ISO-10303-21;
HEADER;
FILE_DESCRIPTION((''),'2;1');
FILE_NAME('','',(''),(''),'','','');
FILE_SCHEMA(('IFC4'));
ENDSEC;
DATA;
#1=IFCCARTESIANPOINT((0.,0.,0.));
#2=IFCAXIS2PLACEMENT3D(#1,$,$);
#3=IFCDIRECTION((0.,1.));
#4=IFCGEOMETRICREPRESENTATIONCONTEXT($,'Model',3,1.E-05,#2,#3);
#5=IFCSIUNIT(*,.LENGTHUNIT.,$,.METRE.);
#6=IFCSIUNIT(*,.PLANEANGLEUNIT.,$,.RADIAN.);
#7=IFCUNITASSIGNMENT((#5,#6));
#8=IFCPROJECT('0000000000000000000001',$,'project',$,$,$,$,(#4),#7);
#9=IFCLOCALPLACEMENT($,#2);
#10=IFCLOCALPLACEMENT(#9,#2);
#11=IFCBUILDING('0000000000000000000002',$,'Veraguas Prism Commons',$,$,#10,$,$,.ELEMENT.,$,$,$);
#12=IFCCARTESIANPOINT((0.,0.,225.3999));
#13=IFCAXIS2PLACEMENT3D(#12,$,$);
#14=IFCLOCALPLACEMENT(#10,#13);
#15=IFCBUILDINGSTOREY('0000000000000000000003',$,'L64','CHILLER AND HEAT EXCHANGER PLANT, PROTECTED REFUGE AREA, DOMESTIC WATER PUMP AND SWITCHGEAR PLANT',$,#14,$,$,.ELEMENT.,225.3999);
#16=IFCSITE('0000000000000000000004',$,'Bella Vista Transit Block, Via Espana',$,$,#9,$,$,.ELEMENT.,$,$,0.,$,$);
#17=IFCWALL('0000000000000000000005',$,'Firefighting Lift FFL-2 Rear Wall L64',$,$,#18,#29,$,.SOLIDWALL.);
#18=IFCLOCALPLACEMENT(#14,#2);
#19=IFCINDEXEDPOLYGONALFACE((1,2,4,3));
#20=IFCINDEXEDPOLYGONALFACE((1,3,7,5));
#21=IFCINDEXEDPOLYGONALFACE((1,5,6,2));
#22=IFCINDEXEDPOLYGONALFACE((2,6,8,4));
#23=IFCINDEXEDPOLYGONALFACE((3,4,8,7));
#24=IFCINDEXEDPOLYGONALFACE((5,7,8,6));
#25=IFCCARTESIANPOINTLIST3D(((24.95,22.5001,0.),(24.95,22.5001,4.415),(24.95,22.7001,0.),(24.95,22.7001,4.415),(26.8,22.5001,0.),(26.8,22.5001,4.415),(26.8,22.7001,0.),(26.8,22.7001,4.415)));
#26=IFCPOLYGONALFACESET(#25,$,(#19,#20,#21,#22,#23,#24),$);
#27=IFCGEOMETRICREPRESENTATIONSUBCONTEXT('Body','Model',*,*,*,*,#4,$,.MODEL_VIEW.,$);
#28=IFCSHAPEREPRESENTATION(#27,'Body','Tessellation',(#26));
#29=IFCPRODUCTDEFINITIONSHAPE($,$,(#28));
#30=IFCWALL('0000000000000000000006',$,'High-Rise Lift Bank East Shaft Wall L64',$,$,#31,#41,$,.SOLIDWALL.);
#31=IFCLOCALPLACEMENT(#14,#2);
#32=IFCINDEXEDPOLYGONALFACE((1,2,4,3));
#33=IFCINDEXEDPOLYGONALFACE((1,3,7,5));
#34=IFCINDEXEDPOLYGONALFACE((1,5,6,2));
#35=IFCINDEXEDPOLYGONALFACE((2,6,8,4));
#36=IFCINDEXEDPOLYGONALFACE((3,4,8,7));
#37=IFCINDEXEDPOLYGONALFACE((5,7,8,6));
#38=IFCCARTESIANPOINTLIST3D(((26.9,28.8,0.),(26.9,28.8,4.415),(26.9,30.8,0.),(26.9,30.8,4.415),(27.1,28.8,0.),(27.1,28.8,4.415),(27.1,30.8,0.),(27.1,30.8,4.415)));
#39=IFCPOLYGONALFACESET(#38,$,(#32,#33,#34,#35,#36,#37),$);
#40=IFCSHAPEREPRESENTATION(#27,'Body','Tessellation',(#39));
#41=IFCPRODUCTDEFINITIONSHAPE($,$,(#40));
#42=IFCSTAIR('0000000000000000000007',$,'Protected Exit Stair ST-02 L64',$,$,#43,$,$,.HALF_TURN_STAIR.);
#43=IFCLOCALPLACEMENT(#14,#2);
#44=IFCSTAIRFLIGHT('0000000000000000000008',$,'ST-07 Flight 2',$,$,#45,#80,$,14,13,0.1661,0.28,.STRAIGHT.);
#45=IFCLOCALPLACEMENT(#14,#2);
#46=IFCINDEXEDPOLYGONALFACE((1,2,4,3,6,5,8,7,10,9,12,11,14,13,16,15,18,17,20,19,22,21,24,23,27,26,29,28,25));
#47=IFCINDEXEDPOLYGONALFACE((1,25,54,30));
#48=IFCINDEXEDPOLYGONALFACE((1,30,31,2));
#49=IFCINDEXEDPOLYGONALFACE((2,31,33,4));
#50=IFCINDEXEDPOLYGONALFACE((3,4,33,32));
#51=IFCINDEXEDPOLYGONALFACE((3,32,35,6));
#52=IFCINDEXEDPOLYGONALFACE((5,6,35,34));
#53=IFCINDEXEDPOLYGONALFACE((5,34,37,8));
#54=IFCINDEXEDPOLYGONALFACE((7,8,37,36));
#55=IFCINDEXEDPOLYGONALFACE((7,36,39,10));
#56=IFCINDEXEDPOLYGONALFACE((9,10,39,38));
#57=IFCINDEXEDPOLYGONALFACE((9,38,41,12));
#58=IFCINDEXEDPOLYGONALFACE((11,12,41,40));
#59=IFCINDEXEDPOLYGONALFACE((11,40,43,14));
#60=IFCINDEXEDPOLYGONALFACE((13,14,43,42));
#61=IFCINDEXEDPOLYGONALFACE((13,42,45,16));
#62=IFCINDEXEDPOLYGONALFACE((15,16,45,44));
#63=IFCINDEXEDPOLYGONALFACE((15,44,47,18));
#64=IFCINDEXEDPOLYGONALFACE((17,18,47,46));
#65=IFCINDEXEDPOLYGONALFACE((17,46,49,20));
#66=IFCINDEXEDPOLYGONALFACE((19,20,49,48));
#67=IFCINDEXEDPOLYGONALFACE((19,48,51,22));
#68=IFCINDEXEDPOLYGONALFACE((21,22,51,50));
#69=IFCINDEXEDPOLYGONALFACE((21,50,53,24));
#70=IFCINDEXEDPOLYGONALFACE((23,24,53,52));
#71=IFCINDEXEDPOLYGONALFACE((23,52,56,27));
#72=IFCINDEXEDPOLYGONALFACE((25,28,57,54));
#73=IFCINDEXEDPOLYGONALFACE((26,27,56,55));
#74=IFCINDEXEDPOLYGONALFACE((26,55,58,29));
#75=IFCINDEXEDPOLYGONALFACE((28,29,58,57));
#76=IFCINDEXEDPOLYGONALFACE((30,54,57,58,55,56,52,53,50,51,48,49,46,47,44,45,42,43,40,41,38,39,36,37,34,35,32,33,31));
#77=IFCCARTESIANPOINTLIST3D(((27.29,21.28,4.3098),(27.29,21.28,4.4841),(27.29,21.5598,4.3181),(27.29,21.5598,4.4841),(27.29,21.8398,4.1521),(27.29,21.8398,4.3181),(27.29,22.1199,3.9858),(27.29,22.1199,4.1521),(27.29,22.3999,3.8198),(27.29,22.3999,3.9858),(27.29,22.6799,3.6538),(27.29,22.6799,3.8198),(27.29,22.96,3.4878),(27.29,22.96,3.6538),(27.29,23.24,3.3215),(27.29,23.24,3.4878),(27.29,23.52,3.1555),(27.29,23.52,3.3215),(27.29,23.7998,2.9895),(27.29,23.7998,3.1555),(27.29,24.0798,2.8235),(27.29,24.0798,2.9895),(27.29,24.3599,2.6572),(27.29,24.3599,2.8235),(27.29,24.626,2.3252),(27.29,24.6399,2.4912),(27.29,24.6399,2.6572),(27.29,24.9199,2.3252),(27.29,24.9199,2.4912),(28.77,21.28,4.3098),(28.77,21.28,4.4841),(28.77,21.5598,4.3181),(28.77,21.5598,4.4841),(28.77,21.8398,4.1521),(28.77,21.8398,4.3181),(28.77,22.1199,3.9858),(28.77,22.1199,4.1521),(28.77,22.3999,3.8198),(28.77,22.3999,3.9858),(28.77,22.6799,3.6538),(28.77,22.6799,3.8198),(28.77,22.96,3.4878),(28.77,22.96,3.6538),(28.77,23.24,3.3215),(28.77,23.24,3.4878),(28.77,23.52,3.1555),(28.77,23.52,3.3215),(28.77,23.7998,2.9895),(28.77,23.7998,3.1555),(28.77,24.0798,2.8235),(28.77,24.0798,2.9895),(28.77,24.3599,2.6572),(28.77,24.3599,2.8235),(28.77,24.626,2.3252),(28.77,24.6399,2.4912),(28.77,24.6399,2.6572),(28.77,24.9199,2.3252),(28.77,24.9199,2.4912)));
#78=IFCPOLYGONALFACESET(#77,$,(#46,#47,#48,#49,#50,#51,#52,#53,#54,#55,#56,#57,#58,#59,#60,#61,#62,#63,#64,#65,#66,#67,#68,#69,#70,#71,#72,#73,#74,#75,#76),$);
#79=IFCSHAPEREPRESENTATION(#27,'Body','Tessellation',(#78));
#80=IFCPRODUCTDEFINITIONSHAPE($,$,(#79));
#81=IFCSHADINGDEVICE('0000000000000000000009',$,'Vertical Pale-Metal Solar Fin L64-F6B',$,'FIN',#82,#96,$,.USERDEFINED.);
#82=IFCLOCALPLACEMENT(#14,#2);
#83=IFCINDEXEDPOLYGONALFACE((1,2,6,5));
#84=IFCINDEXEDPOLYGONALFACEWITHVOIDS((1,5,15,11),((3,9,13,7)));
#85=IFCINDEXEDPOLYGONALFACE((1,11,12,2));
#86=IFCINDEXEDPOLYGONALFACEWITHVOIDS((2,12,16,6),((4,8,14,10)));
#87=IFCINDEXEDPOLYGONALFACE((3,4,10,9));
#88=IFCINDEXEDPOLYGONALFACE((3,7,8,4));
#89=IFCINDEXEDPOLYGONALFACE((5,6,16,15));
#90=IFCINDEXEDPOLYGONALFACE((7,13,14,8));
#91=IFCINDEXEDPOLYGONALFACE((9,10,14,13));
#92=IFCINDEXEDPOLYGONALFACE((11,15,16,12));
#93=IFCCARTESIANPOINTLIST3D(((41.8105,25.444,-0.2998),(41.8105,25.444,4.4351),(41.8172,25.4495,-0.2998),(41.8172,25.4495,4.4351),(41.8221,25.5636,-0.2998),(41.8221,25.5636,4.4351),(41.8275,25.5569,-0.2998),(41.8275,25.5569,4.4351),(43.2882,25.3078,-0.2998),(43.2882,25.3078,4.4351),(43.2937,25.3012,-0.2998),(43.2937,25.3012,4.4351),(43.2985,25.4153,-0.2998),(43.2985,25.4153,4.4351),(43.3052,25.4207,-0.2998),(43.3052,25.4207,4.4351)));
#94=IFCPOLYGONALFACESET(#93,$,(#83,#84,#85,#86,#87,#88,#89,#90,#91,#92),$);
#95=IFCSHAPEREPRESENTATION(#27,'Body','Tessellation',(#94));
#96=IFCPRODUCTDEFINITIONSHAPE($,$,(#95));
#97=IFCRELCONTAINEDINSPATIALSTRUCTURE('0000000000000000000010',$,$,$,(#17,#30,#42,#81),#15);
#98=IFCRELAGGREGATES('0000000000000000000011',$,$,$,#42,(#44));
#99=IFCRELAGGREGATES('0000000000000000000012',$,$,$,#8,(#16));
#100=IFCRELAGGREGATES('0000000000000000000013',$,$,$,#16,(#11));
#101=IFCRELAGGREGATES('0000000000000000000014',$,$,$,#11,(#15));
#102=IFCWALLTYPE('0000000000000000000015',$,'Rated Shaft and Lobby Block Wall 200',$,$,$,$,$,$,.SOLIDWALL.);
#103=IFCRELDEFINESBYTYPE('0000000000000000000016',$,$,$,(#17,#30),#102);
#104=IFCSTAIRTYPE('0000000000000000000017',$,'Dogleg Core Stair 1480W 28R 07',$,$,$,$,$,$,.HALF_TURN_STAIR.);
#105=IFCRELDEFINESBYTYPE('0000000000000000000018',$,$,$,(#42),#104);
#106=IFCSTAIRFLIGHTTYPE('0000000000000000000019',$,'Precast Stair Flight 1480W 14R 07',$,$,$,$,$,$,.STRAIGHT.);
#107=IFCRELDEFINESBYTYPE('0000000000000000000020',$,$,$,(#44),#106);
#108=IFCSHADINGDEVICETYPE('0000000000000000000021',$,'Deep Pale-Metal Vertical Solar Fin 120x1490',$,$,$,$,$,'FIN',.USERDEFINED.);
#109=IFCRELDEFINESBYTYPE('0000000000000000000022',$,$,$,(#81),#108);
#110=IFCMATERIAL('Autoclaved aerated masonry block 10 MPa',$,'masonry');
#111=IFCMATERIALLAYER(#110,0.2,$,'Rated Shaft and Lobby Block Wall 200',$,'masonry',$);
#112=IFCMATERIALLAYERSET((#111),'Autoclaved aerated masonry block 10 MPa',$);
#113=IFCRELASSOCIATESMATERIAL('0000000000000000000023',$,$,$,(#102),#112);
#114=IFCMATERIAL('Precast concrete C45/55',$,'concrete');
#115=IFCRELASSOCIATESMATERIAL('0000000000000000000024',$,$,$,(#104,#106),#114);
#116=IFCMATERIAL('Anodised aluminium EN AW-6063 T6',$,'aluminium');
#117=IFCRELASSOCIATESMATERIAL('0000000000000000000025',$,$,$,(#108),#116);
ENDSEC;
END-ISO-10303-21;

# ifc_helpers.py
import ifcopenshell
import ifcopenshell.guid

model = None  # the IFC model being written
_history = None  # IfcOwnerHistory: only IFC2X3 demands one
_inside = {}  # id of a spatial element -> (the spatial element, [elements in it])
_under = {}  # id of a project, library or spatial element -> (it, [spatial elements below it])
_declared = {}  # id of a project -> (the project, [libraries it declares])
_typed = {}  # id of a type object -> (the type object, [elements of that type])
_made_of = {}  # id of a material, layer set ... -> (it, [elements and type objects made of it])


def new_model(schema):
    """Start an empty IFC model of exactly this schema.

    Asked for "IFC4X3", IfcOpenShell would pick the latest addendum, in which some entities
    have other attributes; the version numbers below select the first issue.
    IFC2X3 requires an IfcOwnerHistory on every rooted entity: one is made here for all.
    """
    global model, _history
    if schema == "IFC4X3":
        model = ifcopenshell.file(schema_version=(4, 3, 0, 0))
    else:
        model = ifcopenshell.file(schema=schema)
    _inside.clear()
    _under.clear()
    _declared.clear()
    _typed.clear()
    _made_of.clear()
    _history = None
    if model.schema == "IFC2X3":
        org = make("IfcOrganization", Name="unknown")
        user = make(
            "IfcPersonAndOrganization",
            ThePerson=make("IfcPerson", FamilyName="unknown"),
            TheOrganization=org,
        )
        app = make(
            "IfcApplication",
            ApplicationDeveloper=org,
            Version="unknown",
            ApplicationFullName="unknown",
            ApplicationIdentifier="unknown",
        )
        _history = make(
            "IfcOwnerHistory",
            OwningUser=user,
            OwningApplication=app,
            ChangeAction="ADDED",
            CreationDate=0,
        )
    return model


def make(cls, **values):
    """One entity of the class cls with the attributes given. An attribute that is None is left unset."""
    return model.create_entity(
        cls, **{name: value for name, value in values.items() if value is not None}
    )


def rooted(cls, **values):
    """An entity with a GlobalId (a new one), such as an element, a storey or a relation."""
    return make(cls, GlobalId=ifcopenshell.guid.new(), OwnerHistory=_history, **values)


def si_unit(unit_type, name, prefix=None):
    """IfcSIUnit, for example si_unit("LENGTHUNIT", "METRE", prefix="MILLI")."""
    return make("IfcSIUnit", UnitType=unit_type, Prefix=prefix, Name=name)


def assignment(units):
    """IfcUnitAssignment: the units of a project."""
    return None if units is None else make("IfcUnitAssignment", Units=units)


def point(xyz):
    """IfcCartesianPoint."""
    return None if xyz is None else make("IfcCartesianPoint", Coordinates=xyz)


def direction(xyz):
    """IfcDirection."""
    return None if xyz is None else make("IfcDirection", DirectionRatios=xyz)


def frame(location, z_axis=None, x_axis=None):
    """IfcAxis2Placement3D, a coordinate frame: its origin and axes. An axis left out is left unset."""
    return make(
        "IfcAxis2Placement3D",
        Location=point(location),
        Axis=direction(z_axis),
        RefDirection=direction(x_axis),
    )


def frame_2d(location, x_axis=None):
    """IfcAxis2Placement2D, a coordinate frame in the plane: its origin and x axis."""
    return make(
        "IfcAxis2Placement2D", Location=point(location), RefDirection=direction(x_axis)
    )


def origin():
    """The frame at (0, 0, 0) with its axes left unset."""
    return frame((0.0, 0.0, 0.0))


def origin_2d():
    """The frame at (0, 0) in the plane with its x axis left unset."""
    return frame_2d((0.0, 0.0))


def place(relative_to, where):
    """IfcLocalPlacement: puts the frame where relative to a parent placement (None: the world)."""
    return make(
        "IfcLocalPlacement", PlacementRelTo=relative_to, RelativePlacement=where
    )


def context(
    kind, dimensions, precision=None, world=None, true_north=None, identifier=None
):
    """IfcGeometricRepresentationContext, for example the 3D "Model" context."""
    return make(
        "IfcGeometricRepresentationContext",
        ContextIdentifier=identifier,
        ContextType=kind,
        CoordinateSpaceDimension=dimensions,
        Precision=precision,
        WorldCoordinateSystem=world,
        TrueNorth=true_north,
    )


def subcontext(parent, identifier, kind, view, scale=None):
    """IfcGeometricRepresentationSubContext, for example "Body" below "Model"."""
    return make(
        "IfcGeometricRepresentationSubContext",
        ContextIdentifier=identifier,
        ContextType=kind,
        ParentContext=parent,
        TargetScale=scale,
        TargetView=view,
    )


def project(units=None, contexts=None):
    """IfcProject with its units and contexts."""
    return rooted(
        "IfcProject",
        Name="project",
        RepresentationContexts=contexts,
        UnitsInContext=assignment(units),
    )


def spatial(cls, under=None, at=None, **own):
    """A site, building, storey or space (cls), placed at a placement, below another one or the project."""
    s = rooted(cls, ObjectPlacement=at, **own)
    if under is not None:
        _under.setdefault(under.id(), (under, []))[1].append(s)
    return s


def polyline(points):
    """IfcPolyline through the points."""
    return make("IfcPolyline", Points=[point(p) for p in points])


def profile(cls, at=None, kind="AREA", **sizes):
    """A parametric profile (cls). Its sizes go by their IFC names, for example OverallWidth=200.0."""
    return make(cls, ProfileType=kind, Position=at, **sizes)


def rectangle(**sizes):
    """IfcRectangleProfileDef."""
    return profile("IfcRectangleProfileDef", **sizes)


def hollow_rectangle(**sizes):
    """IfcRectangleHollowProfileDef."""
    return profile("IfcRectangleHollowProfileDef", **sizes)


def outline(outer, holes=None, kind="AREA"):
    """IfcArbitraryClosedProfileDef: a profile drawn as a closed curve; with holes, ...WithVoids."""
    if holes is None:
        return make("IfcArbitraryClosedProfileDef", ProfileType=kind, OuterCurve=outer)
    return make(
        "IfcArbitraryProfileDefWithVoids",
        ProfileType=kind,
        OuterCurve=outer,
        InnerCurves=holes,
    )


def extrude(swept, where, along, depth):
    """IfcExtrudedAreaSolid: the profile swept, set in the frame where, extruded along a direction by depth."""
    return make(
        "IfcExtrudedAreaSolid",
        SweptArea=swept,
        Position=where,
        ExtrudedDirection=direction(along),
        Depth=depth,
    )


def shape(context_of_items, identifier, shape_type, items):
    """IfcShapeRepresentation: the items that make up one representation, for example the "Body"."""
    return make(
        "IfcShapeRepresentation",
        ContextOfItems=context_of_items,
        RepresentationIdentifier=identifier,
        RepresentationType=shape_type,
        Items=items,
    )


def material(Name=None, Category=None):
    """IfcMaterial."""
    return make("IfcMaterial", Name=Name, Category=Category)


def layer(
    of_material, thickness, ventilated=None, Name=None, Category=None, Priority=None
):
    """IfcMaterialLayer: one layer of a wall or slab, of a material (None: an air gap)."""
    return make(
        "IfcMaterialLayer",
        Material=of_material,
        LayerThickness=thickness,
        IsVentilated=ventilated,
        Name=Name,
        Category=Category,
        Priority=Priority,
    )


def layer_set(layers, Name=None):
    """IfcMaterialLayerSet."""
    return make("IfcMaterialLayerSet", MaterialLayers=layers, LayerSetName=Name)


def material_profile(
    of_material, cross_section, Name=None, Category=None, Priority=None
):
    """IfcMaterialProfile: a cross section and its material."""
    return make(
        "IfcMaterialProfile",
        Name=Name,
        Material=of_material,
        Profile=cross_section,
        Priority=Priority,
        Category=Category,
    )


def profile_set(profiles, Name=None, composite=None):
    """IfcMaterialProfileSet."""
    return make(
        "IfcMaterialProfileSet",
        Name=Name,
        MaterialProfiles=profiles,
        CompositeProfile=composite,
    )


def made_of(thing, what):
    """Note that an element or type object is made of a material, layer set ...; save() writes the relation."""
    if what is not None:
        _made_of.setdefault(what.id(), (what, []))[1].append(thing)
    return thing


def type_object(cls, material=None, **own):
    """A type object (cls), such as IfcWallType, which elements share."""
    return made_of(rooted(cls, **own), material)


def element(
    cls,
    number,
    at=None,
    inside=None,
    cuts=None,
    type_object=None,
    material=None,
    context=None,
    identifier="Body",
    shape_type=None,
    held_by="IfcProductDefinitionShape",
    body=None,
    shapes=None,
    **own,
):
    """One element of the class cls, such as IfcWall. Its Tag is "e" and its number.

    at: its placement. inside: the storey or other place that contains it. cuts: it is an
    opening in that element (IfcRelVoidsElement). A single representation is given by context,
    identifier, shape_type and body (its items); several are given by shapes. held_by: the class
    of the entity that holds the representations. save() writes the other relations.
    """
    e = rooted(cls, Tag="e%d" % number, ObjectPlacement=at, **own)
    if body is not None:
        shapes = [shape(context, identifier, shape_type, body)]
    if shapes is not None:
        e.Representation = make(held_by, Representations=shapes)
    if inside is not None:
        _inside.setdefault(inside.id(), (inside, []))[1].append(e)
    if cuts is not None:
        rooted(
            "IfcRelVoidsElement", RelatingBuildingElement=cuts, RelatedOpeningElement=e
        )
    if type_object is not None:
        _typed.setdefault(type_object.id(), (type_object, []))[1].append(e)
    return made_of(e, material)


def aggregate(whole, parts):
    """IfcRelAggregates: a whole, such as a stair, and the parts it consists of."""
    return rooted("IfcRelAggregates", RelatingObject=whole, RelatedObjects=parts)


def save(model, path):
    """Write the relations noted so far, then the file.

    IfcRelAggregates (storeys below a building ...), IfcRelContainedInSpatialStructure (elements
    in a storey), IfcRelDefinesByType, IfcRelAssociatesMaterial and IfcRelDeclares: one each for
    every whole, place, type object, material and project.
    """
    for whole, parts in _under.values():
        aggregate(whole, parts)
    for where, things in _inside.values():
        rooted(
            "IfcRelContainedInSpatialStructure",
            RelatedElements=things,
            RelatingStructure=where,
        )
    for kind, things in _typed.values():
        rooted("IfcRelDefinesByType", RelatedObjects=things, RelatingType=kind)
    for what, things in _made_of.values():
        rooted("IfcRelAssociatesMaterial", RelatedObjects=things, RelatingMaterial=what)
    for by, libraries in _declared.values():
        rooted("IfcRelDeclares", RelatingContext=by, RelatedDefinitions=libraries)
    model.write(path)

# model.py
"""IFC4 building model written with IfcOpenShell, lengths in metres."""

from ifc_helpers import new_model, si_unit, direction, frame, frame_2d, origin, origin_2d, place, context, subcontext, project, spatial, polyline, rectangle, hollow_rectangle, outline, extrude, material, layer, layer_set, material_profile, profile_set, type_object, element, aggregate, save


model = new_model("IFC4")

# Units and contexts
model_context = context("Model", 3, precision=1e-05, world=origin(), true_north=direction((0.0, 1.0)))
body_context = subcontext(model_context, "Body", "Model", "MODEL_VIEW")
ifc_project = project(units=[si_unit("LENGTHUNIT", "METRE"), si_unit("PLANEANGLEUNIT", "RADIAN")], contexts=[model_context])

# Site, building, storey
site_placement = place(None, origin())
site = spatial("IfcSite", under=ifc_project, at=site_placement, Name="Bella Vista Transit Block, Via Espana", CompositionType="ELEMENT", RefElevation=0.0)
building_placement = place(site_placement, origin())
building = spatial("IfcBuilding", under=site, at=building_placement, Name="Veraguas Prism Commons", CompositionType="ELEMENT")
storey_placement = place(building_placement, frame((0.0, 0.0, 225.3999)))
storey = spatial("IfcBuildingStorey", under=building, at=storey_placement, Name="L64", Description="CHILLER AND HEAT EXCHANGER PLANT, PROTECTED REFUGE AREA, DOMESTIC WATER PUMP AND SWITCHGEAR PLANT", CompositionType="ELEMENT", Elevation=225.3999)

# Shared definitions
ifc_material_1 = material(Name="Anodised aluminium EN AW-6063 T6", Category="aluminium")

# Walls
ifc_material_2 = material(Name="Autoclaved aerated masonry block 10 MPa", Category="masonry")
ifc_layer_1 = layer(ifc_material_2, 0.2, Name="Rated Shaft and Lobby Block Wall 200", Category="masonry")
ifc_layer_set_1 = layer_set([ifc_layer_1], Name="Autoclaved aerated masonry block 10 MPa")
wall_type_1 = type_object("IfcWallType", Name="Rated Shaft and Lobby Block Wall 200", PredefinedType="SOLIDWALL", material=ifc_layer_set_1)
wall_1_placement = place(storey_placement, frame((24.95, 22.6001, 0.0), z_axis=(0.0, 0.0, 1.0), x_axis=(1.0, 0.0, 0.0)))
element("IfcWall", 1, at=wall_1_placement, inside=storey, type_object=wall_type_1, Name="Firefighting Lift FFL-2 Rear Wall L64", PredefinedType="SOLIDWALL", context=body_context, shape_type="SweptSolid", body=[
    extrude(rectangle(XDim=1.8501, YDim=0.2, at=frame_2d((0.925, 0.0))), origin(), (0.0, 0.0, 1.0), 4.415),
])
wall_2_placement = place(storey_placement, frame((27.0, 28.8, 0.0), z_axis=(0.0, 0.0, 1.0), x_axis=(0.0, 1.0, 0.0)))
element("IfcWall", 2, at=wall_2_placement, inside=storey, type_object=wall_type_1, Name="High-Rise Lift Bank East Shaft Wall L64", PredefinedType="SOLIDWALL", context=body_context, shape_type="SweptSolid", body=[
    extrude(rectangle(XDim=2.0, YDim=0.2, at=frame_2d((1.0, 0.0))), origin(), (0.0, 0.0, 1.0), 4.415),
])

# Stair, stair flight
ifc_material_3 = material(Name="Precast concrete C45/55", Category="concrete")
stair_type = type_object("IfcStairType", Name="Dogleg Core Stair 1480W 28R 07", PredefinedType="HALF_TURN_STAIR", material=ifc_material_3)
stair_placement = place(storey_placement, origin())
stair = element("IfcStair", 3, at=stair_placement, inside=storey, type_object=stair_type, Name="Protected Exit Stair ST-02 L64", PredefinedType="HALF_TURN_STAIR")
stair_flight_type = type_object("IfcStairFlightType", Name="Precast Stair Flight 1480W 14R 07", PredefinedType="STRAIGHT", material=ifc_material_3)
stair_flight_placement = place(storey_placement, frame((28.03, 24.9199, 2.3252), z_axis=(0.0, 0.0, 1.0), x_axis=(0.0, -1.0, 0.0)))
stair_flight = element("IfcStairFlight", 4, at=stair_flight_placement, type_object=stair_flight_type, Name="ST-07 Flight 2", NumberOfRisers=14, NumberOfTreads=13, PredefinedType="STRAIGHT", RiserHeight=0.1661, TreadLength=0.28, context=body_context, shape_type="SweptSolid", body=[
    extrude(outline(polyline([(0.0, 0.0), (0.0, 0.166), (0.28, 0.166), (0.28, 0.332), (0.5601, 0.332), (0.5601, 0.4983), (0.8401, 0.4983), (0.8401, 0.6643), (1.1201, 0.6643), (1.1201, 0.8303), (1.3999, 0.8303), (1.3999, 0.9963), (1.6799, 0.9963), (1.6799, 1.1626), (1.96, 1.1626), (1.96, 1.3286), (2.24, 1.3286), (2.24, 1.4946), (2.52, 1.4946), (2.52, 1.6606), (2.8, 1.6606), (2.8, 1.8269), (3.0801, 1.8269), (3.0801, 1.9929), (3.3601, 1.9929), (3.3601, 2.1589), (3.6399, 2.1589), (3.6399, 2.325), (3.6399, 1.9846), (0.2939, 0.0), (0.0, 0.0)])), frame((0.0, 0.74, 0.0), z_axis=(0.0, -1.0, 0.0), x_axis=(1.0, 0.0, 0.0)), (0.0, 0.0, 1.0), 1.48),
])
aggregate(stair, [stair_flight])

# Shading device
ifc_material_profile_1 = material_profile(ifc_material_1, hollow_rectangle(XDim=0.1201, YDim=1.49, WallThickness=0.0061, at=origin_2d()), Name="FIN120X1490X6")
ifc_profile_set_1 = profile_set([ifc_material_profile_1], Name="Anodised aluminium EN AW-6063 T6")
shading_device_type = type_object("IfcShadingDeviceType", Name="Deep Pale-Metal Vertical Solar Fin 120x1490", ElementType="FIN", PredefinedType="USERDEFINED", material=ifc_profile_set_1)
shading_device_placement = place(storey_placement, frame((42.5579, 25.4324, -0.2998), z_axis=(0.0, 0.0, 1.0), x_axis=(0.095847, 0.995396, 0.0)))
element("IfcShadingDevice", 5, at=shading_device_placement, inside=storey, type_object=shading_device_type, Name="Vertical Pale-Metal Solar Fin L64-F6B", ObjectType="FIN", PredefinedType="USERDEFINED", context=body_context, shape_type="SweptSolid", body=[
    extrude(hollow_rectangle(XDim=0.1201, YDim=1.49, WallThickness=0.0061, at=origin_2d()), origin(), (0.0, 0.0, 1.0), 4.7349),
])

save(model, "model.ifc")
